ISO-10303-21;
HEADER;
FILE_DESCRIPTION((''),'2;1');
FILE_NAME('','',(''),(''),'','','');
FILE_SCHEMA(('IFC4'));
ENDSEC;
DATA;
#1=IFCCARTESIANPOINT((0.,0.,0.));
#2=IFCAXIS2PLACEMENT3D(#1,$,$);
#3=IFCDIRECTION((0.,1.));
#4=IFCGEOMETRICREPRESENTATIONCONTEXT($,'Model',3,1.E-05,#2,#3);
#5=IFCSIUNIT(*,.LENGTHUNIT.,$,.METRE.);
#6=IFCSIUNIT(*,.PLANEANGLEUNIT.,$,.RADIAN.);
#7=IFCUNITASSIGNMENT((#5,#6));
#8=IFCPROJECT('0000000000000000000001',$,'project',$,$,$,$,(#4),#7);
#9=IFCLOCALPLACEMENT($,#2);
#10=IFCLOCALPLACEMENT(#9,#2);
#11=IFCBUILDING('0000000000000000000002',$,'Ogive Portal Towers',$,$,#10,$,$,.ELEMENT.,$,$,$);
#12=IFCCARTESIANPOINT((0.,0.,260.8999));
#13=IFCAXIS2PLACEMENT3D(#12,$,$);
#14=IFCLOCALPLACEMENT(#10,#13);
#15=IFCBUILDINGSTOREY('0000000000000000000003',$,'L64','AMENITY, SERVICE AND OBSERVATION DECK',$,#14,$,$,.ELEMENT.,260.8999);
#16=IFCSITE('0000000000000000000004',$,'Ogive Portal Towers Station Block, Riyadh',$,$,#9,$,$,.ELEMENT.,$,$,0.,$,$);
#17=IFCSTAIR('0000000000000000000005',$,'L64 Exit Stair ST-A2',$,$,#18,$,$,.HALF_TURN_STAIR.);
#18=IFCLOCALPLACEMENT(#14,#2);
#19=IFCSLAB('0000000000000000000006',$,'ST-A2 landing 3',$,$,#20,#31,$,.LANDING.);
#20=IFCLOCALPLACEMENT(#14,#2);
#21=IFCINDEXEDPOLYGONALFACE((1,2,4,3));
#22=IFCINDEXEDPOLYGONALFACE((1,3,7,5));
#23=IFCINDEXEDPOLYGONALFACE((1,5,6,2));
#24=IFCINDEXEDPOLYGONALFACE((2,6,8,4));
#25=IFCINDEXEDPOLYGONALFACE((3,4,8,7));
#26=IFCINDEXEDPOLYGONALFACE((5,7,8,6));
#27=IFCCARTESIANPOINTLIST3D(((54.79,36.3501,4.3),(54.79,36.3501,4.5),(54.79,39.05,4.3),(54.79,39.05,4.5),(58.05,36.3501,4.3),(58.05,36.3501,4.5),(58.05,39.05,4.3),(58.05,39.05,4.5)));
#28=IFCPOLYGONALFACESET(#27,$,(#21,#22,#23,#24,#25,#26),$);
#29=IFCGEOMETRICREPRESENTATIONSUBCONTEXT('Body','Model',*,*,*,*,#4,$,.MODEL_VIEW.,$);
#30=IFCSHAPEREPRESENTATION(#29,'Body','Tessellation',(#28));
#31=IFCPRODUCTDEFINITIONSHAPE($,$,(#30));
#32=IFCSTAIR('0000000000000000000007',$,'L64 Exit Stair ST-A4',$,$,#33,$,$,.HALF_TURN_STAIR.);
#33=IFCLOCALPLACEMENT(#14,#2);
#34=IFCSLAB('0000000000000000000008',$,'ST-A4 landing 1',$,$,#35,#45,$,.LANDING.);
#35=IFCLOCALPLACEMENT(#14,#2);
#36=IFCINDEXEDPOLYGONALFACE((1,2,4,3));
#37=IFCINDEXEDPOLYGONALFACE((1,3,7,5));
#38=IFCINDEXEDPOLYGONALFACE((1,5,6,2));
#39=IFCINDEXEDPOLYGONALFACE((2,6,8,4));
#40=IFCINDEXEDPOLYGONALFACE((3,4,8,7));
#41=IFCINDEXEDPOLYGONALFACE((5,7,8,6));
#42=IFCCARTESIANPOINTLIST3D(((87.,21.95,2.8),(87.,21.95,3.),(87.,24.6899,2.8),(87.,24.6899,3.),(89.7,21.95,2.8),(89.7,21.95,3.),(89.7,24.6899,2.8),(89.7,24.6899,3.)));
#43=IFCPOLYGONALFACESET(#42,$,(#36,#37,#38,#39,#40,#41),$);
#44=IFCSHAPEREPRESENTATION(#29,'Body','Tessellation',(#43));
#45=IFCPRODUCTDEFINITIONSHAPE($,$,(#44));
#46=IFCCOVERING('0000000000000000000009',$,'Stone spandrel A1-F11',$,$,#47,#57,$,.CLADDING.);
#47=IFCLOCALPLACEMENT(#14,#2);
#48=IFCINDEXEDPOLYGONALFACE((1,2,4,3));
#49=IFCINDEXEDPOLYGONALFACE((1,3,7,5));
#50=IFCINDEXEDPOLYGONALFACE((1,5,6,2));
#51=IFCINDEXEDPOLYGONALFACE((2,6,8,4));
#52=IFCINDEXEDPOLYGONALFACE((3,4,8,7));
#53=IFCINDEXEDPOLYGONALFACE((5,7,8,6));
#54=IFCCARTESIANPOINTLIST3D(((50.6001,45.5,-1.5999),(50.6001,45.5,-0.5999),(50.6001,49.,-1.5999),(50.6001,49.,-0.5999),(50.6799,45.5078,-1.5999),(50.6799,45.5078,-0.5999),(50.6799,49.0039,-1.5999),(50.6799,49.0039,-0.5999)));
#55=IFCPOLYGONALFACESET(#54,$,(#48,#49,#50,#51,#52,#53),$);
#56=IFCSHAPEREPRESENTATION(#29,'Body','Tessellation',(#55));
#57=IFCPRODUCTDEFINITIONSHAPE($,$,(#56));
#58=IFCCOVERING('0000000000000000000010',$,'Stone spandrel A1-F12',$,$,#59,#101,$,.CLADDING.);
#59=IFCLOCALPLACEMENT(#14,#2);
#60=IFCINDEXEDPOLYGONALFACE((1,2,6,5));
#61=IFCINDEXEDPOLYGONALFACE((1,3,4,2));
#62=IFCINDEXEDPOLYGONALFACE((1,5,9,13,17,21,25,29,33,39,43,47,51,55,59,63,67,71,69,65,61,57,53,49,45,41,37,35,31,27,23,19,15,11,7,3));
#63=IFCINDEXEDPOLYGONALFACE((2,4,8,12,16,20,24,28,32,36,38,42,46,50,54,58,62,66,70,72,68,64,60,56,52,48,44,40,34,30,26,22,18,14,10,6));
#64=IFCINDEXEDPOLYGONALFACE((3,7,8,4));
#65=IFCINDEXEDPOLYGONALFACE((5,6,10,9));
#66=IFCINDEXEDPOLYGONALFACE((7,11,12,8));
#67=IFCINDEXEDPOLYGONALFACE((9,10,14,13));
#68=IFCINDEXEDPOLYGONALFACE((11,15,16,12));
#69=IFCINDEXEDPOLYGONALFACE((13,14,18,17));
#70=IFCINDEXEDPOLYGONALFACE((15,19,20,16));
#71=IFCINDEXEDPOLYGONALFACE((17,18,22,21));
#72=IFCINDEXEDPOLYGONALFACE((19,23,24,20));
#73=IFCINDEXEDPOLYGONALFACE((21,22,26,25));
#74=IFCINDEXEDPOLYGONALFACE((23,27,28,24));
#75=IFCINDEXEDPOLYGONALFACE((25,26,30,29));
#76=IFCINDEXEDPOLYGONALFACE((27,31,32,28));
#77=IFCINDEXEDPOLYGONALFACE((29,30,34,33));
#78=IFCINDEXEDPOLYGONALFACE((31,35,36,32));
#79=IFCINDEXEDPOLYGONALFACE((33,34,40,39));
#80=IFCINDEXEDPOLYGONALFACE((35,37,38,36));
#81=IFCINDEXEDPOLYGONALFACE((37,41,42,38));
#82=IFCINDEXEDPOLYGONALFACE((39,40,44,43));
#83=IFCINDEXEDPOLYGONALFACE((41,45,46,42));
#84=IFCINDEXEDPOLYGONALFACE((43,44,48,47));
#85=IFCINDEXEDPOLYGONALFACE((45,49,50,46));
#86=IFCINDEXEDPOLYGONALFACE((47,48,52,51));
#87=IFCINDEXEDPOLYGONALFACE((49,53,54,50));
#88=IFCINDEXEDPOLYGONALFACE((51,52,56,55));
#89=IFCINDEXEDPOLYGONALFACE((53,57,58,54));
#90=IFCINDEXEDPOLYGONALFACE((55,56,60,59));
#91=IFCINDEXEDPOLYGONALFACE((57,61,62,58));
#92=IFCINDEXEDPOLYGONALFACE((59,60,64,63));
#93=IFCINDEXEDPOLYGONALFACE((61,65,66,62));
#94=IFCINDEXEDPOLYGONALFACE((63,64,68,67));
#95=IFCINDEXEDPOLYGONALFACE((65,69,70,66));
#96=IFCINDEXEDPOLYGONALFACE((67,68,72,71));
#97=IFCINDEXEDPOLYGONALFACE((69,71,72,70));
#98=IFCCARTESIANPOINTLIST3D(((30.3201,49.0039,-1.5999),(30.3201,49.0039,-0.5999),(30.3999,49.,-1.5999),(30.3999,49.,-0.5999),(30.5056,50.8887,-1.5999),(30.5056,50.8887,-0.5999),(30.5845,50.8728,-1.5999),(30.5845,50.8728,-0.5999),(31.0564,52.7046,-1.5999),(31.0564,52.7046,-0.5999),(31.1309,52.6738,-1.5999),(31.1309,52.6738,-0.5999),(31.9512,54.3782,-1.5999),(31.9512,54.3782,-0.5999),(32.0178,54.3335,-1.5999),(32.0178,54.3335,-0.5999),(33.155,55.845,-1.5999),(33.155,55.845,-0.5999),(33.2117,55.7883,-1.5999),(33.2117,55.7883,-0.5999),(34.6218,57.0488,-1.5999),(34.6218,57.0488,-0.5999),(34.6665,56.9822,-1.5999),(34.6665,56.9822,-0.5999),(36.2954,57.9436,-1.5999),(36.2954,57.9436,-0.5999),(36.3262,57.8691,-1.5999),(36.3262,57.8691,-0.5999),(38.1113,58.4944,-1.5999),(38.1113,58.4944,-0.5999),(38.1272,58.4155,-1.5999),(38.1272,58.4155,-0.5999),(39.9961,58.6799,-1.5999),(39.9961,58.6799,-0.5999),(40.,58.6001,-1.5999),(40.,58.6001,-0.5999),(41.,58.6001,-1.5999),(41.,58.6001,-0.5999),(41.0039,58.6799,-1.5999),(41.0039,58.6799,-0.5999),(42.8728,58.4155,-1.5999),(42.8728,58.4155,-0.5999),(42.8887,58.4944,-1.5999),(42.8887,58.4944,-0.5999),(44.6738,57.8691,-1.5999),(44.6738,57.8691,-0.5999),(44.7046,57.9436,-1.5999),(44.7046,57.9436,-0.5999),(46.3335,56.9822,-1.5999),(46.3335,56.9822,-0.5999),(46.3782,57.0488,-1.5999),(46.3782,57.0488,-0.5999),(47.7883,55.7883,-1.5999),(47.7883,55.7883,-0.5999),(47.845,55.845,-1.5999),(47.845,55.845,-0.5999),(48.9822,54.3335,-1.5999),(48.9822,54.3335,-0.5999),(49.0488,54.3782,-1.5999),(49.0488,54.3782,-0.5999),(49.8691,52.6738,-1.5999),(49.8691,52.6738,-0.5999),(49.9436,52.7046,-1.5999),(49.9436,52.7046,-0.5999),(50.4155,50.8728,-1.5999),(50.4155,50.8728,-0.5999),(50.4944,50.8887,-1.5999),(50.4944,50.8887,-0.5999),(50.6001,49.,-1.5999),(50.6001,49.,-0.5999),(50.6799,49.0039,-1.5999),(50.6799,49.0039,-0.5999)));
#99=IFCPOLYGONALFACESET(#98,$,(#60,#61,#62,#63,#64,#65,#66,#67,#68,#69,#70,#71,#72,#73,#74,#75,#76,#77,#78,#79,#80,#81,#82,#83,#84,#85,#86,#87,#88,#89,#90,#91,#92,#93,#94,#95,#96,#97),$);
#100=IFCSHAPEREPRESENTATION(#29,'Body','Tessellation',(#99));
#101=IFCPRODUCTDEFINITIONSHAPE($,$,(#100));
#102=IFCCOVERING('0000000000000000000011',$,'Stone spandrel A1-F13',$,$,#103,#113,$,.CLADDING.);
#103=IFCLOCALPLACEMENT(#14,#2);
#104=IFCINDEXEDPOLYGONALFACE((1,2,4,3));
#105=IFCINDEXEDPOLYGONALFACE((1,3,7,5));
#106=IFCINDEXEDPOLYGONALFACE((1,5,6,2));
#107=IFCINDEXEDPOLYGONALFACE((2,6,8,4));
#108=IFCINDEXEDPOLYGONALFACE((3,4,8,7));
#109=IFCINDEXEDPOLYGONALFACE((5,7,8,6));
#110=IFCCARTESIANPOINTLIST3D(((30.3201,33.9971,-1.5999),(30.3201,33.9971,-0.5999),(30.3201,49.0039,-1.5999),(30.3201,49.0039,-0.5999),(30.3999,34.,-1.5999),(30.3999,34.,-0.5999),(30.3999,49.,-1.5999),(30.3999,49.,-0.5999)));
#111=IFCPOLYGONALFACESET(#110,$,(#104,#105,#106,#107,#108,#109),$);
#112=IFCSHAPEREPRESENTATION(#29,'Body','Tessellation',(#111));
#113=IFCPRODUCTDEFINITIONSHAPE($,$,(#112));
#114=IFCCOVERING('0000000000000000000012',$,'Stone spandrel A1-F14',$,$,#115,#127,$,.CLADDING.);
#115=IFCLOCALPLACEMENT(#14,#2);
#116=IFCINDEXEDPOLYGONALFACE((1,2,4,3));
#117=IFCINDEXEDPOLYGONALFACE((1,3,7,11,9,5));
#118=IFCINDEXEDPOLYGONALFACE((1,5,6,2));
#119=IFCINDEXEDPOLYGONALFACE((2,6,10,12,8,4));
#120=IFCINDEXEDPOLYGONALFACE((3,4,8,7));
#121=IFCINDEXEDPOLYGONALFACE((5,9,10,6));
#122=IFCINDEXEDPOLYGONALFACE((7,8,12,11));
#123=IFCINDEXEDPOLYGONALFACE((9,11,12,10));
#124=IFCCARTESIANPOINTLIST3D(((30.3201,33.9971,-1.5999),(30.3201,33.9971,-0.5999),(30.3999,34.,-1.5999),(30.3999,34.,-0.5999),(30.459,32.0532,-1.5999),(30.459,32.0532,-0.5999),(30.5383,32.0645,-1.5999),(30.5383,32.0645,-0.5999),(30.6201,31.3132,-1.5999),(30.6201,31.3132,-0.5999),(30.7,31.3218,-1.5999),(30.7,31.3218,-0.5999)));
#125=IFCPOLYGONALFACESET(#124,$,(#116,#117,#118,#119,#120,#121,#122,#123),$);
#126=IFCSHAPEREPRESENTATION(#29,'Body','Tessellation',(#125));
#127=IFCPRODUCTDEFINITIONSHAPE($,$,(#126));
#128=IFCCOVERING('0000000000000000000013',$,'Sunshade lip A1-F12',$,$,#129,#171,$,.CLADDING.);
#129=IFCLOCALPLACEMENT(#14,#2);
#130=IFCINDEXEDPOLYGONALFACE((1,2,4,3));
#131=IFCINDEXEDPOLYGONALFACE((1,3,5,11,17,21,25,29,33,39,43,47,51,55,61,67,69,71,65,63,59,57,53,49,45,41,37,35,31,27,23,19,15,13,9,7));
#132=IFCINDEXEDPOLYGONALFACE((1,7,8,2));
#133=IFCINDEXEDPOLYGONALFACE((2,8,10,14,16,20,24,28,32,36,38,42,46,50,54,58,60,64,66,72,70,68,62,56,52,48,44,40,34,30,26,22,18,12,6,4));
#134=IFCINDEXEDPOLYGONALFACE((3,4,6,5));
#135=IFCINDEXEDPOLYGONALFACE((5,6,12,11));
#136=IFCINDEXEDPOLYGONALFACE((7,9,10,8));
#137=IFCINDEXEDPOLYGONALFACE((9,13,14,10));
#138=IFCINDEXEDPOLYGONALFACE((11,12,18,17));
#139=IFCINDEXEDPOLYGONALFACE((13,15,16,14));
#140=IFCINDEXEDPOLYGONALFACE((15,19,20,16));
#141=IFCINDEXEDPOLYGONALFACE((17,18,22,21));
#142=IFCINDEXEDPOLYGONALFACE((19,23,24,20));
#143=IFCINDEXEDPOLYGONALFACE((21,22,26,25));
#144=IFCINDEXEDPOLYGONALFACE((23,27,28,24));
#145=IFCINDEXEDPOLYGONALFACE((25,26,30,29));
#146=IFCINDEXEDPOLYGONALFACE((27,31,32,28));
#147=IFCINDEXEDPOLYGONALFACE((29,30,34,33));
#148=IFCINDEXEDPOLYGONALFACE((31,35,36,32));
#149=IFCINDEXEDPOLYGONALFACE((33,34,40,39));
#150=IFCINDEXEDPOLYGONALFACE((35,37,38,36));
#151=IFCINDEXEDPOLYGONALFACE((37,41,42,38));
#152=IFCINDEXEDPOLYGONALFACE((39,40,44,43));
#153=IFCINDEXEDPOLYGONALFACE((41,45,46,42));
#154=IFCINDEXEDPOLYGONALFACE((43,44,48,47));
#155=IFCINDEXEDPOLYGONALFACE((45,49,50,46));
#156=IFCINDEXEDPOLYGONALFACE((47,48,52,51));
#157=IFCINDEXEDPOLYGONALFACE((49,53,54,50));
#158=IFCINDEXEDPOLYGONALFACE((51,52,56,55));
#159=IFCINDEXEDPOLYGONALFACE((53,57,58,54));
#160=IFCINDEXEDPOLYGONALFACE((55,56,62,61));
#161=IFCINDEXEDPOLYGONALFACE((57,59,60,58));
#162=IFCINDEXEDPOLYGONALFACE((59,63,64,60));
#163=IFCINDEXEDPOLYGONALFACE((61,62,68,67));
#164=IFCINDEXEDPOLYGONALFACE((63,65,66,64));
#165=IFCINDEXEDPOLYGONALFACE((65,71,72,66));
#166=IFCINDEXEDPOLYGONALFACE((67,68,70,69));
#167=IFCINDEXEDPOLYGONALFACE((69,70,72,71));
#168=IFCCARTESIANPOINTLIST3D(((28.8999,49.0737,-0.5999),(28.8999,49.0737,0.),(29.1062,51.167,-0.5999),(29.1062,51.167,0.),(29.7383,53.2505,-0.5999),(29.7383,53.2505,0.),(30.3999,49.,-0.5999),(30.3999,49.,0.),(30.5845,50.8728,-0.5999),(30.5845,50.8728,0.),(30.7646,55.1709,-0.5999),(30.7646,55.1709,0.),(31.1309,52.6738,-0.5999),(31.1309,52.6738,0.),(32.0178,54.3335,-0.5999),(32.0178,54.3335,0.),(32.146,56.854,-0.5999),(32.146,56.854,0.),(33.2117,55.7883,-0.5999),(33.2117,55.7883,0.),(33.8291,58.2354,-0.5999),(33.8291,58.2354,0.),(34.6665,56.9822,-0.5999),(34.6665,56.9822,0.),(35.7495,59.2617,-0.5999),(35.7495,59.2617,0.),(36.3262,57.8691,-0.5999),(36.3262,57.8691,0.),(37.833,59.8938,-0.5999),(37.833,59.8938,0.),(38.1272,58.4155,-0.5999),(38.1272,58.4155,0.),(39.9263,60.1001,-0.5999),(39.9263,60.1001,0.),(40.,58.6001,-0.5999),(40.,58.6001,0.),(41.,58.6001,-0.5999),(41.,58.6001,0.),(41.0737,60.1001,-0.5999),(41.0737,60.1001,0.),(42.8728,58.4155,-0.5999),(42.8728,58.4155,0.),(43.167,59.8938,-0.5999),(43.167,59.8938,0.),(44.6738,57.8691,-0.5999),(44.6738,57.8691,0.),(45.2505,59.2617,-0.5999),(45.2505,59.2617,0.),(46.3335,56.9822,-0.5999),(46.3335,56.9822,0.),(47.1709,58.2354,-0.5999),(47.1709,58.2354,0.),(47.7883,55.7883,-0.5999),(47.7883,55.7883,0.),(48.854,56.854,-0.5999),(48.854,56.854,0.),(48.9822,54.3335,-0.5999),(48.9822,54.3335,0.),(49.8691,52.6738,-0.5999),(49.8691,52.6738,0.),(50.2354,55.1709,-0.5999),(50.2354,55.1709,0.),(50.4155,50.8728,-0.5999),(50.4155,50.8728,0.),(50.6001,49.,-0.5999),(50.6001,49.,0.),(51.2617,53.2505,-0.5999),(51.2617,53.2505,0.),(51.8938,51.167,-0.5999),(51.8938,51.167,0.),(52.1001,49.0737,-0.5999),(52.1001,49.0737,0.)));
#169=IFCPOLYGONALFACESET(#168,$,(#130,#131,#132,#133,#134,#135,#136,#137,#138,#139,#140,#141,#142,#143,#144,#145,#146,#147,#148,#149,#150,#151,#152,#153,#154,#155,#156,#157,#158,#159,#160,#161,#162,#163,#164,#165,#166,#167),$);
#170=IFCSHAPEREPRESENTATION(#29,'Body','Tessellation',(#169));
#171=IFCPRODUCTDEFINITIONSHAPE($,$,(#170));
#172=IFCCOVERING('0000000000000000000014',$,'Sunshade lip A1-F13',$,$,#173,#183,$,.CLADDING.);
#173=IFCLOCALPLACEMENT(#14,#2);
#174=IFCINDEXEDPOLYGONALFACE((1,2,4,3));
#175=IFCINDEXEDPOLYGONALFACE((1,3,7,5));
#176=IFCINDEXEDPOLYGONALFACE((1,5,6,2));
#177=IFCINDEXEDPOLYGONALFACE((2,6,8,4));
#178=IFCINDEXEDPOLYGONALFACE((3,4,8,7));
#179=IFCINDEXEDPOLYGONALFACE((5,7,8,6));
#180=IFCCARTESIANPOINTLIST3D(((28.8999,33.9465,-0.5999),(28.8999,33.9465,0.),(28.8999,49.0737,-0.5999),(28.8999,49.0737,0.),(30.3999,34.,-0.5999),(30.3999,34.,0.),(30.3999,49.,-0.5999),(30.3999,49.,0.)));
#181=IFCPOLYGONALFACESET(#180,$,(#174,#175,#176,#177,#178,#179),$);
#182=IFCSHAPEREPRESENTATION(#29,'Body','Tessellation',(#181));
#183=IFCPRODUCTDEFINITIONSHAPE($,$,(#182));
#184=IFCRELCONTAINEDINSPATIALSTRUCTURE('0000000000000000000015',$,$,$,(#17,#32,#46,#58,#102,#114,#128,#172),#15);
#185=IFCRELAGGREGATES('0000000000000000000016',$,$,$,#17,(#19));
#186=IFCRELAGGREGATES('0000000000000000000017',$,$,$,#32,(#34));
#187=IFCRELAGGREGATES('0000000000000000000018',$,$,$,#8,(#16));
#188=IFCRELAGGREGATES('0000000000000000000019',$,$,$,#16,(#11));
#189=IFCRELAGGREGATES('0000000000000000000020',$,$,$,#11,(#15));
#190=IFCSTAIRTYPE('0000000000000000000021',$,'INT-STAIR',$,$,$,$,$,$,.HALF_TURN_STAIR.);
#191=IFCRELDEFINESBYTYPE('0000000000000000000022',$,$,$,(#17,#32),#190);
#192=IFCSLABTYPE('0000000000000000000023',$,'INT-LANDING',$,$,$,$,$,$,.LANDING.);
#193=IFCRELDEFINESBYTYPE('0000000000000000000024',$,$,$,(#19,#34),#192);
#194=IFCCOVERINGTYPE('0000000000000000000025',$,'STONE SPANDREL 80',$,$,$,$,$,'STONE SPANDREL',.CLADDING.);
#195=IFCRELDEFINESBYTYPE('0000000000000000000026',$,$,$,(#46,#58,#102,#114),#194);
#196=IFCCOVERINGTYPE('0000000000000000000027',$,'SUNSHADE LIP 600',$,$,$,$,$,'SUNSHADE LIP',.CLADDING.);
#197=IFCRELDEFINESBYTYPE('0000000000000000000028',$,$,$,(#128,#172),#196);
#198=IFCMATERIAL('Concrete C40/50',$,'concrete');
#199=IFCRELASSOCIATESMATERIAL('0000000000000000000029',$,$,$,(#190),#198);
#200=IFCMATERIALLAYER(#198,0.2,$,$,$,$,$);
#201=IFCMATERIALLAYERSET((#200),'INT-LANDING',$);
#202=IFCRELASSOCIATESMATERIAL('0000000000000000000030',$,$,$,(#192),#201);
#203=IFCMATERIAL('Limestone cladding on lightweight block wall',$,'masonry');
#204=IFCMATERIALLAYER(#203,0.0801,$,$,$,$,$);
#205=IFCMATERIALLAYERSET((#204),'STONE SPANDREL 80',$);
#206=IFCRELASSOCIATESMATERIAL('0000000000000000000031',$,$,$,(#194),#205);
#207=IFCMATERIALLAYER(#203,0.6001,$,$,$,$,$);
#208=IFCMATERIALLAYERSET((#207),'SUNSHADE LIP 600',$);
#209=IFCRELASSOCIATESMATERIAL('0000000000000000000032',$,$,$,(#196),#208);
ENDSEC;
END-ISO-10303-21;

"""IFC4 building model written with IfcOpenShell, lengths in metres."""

from ifc_helpers import new_model, si_unit, direction, frame, origin, place, context, subcontext, project, spatial, polyline, outline, extrude, material, layer, layer_set, type_object, element, aggregate, save


model = new_model("IFC4")

# Units and contexts
model_context = context("Model", 3, precision=1e-05, world=origin(), true_north=direction((0.0, 1.0)))
body_context = subcontext(model_context, "Body", "Model", "MODEL_VIEW")
ifc_project = project(units=[si_unit("LENGTHUNIT", "METRE"), si_unit("PLANEANGLEUNIT", "RADIAN")], contexts=[model_context])

# Site, building, storey
site_placement = place(None, origin())
site = spatial("IfcSite", under=ifc_project, at=site_placement, Name="Ogive Portal Towers Station Block, Riyadh", CompositionType="ELEMENT", RefElevation=0.0)
building_placement = place(site_placement, origin())
building = spatial("IfcBuilding", under=site, at=building_placement, Name="Ogive Portal Towers", CompositionType="ELEMENT")
storey_placement = place(building_placement, frame((0.0, 0.0, 260.8999)))
storey = spatial("IfcBuildingStorey", under=building, at=storey_placement, Name="L64", Description="AMENITY, SERVICE AND OBSERVATION DECK", CompositionType="ELEMENT", Elevation=260.8999)

# Stair, slab
ifc_material_1 = material(Name="Concrete C40/50", Category="concrete")
stair_type = type_object("IfcStairType", Name="INT-STAIR", PredefinedType="HALF_TURN_STAIR", material=ifc_material_1)
ifc_layer_1 = layer(ifc_material_1, 0.2)
ifc_layer_set_1 = layer_set([ifc_layer_1], Name="INT-LANDING")
slab_type = type_object("IfcSlabType", Name="INT-LANDING", PredefinedType="LANDING", material=ifc_layer_set_1)
stair_1_placement = place(storey_placement, origin())
stair_1 = element("IfcStair", 1, at=stair_1_placement, inside=storey, type_object=stair_type, Name="L64 Exit Stair ST-A2", PredefinedType="HALF_TURN_STAIR")
slab_1_placement = place(storey_placement, frame((0.0, 0.0, 4.3)))
slab_1 = element("IfcSlab", 2, at=slab_1_placement, type_object=slab_type, Name="ST-A2 landing 3", PredefinedType="LANDING", context=body_context, shape_type="SweptSolid", body=[
    extrude(outline(polyline([(54.79, 36.3501), (58.05, 36.3501), (58.05, 39.05), (54.79, 39.05), (54.79, 36.3501)])), origin(), (0.0, 0.0, 1.0), 0.2),
])
aggregate(stair_1, [slab_1])

# Stair, slab
stair_2_placement = place(storey_placement, origin())
stair_2 = element("IfcStair", 3, at=stair_2_placement, inside=storey, type_object=stair_type, Name="L64 Exit Stair ST-A4", PredefinedType="HALF_TURN_STAIR")
slab_2_placement = place(storey_placement, frame((0.0, 0.0, 2.8)))
slab_2 = element("IfcSlab", 4, at=slab_2_placement, type_object=slab_type, Name="ST-A4 landing 1", PredefinedType="LANDING", context=body_context, shape_type="SweptSolid", body=[
    extrude(outline(polyline([(87.0, 24.6899), (87.0, 21.95), (89.7, 21.95), (89.7, 24.6899), (87.0, 24.6899)])), origin(), (0.0, 0.0, 1.0), 0.2),
])
aggregate(stair_2, [slab_2])

# Coverings
ifc_material_2 = material(Name="Limestone cladding on lightweight block wall", Category="masonry")
ifc_layer_2 = layer(ifc_material_2, 0.0801)
ifc_layer_set_2 = layer_set([ifc_layer_2], Name="STONE SPANDREL 80")
covering_type_1 = type_object("IfcCoveringType", Name="STONE SPANDREL 80", ElementType="STONE SPANDREL", PredefinedType="CLADDING", material=ifc_layer_set_2)
covering_1_placement = place(storey_placement, frame((0.0, 0.0, -1.5999)))
element("IfcCovering", 5, at=covering_1_placement, inside=storey, type_object=covering_type_1, Name="Stone spandrel A1-F11", PredefinedType="CLADDING", context=body_context, shape_type="SweptSolid", body=[
    extrude(outline(polyline([(50.6001, 45.5), (50.6001, 49.0), (50.6799, 49.0039), (50.6799, 45.5078), (50.6001, 45.5)])), origin(), (0.0, 0.0, 1.0), 1.0),
])
covering_2_placement = place(storey_placement, frame((0.0, 0.0, -1.5999)))
element("IfcCovering", 6, at=covering_2_placement, inside=storey, type_object=covering_type_1, Name="Stone spandrel A1-F12", PredefinedType="CLADDING", context=body_context, shape_type="SweptSolid", body=[
    extrude(outline(polyline([(50.6001, 49.0), (50.4155, 50.8728), (49.8691, 52.6738), (48.9822, 54.3335), (47.7883, 55.7883), (46.3335, 56.9822), (44.6738, 57.8691), (42.8728, 58.4155), (41.0, 58.6001), (40.0, 58.6001), (38.1272, 58.4155), (36.3262, 57.8691), (34.6665, 56.9822), (33.2117, 55.7883), (32.0178, 54.3335), (31.1309, 52.6738), (30.5845, 50.8728), (30.3999, 49.0), (30.3201, 49.0039), (30.5056, 50.8887), (31.0564, 52.7046), (31.9512, 54.3782), (33.155, 55.845), (34.6218, 57.0488), (36.2954, 57.9436), (38.1113, 58.4944), (39.9961, 58.6799), (41.0039, 58.6799), (42.8887, 58.4944), (44.7046, 57.9436), (46.3782, 57.0488), (47.845, 55.845), (49.0488, 54.3782), (49.9436, 52.7046), (50.4944, 50.8887), (50.6799, 49.0039), (50.6001, 49.0)])), origin(), (0.0, 0.0, 1.0), 1.0),
])
covering_3_placement = place(storey_placement, frame((0.0, 0.0, -1.5999)))
element("IfcCovering", 7, at=covering_3_placement, inside=storey, type_object=covering_type_1, Name="Stone spandrel A1-F13", PredefinedType="CLADDING", context=body_context, shape_type="SweptSolid", body=[
    extrude(outline(polyline([(30.3999, 49.0), (30.3999, 34.0), (30.3201, 33.9971), (30.3201, 49.0039), (30.3999, 49.0)])), origin(), (0.0, 0.0, 1.0), 1.0),
])
covering_4_placement = place(storey_placement, frame((0.0, 0.0, -1.5999)))
element("IfcCovering", 8, at=covering_4_placement, inside=storey, type_object=covering_type_1, Name="Stone spandrel A1-F14", PredefinedType="CLADDING", context=body_context, shape_type="SweptSolid", body=[
    extrude(outline(polyline([(30.3999, 34.0), (30.5383, 32.0645), (30.7, 31.3218), (30.6201, 31.3132), (30.459, 32.0532), (30.3201, 33.9971), (30.3999, 34.0)])), origin(), (0.0, 0.0, 1.0), 1.0),
])
ifc_layer_3 = layer(ifc_material_2, 0.6001)
ifc_layer_set_3 = layer_set([ifc_layer_3], Name="SUNSHADE LIP 600")
covering_type_2 = type_object("IfcCoveringType", Name="SUNSHADE LIP 600", ElementType="SUNSHADE LIP", PredefinedType="CLADDING", material=ifc_layer_set_3)
covering_5_placement = place(storey_placement, frame((0.0, 0.0, -0.5999)))
element("IfcCovering", 9, at=covering_5_placement, inside=storey, type_object=covering_type_2, Name="Sunshade lip A1-F12", PredefinedType="CLADDING", context=body_context, shape_type="SweptSolid", body=[
    extrude(outline(polyline([(50.6001, 49.0), (50.4155, 50.8728), (49.8691, 52.6738), (48.9822, 54.3335), (47.7883, 55.7883), (46.3335, 56.9822), (44.6738, 57.8691), (42.8728, 58.4155), (41.0, 58.6001), (40.0, 58.6001), (38.1272, 58.4155), (36.3262, 57.8691), (34.6665, 56.9822), (33.2117, 55.7883), (32.0178, 54.3335), (31.1309, 52.6738), (30.5845, 50.8728), (30.3999, 49.0), (28.8999, 49.0737), (29.1062, 51.167), (29.7383, 53.2505), (30.7646, 55.1709), (32.146, 56.854), (33.8291, 58.2354), (35.7495, 59.2617), (37.833, 59.8938), (39.9263, 60.1001), (41.0737, 60.1001), (43.167, 59.8938), (45.2505, 59.2617), (47.1709, 58.2354), (48.854, 56.854), (50.2354, 55.1709), (51.2617, 53.2505), (51.8938, 51.167), (52.1001, 49.0737), (50.6001, 49.0)])), origin(), (0.0, 0.0, 1.0), 0.5999),
])
covering_6_placement = place(storey_placement, frame((0.0, 0.0, -0.5999)))
element("IfcCovering", 10, at=covering_6_placement, inside=storey, type_object=covering_type_2, Name="Sunshade lip A1-F13", PredefinedType="CLADDING", context=body_context, shape_type="SweptSolid", body=[
    extrude(outline(polyline([(30.3999, 49.0), (30.3999, 34.0), (28.8999, 33.9465), (28.8999, 49.0737), (30.3999, 49.0)])), origin(), (0.0, 0.0, 1.0), 0.5999),
])

save(model, "model.ifc")
